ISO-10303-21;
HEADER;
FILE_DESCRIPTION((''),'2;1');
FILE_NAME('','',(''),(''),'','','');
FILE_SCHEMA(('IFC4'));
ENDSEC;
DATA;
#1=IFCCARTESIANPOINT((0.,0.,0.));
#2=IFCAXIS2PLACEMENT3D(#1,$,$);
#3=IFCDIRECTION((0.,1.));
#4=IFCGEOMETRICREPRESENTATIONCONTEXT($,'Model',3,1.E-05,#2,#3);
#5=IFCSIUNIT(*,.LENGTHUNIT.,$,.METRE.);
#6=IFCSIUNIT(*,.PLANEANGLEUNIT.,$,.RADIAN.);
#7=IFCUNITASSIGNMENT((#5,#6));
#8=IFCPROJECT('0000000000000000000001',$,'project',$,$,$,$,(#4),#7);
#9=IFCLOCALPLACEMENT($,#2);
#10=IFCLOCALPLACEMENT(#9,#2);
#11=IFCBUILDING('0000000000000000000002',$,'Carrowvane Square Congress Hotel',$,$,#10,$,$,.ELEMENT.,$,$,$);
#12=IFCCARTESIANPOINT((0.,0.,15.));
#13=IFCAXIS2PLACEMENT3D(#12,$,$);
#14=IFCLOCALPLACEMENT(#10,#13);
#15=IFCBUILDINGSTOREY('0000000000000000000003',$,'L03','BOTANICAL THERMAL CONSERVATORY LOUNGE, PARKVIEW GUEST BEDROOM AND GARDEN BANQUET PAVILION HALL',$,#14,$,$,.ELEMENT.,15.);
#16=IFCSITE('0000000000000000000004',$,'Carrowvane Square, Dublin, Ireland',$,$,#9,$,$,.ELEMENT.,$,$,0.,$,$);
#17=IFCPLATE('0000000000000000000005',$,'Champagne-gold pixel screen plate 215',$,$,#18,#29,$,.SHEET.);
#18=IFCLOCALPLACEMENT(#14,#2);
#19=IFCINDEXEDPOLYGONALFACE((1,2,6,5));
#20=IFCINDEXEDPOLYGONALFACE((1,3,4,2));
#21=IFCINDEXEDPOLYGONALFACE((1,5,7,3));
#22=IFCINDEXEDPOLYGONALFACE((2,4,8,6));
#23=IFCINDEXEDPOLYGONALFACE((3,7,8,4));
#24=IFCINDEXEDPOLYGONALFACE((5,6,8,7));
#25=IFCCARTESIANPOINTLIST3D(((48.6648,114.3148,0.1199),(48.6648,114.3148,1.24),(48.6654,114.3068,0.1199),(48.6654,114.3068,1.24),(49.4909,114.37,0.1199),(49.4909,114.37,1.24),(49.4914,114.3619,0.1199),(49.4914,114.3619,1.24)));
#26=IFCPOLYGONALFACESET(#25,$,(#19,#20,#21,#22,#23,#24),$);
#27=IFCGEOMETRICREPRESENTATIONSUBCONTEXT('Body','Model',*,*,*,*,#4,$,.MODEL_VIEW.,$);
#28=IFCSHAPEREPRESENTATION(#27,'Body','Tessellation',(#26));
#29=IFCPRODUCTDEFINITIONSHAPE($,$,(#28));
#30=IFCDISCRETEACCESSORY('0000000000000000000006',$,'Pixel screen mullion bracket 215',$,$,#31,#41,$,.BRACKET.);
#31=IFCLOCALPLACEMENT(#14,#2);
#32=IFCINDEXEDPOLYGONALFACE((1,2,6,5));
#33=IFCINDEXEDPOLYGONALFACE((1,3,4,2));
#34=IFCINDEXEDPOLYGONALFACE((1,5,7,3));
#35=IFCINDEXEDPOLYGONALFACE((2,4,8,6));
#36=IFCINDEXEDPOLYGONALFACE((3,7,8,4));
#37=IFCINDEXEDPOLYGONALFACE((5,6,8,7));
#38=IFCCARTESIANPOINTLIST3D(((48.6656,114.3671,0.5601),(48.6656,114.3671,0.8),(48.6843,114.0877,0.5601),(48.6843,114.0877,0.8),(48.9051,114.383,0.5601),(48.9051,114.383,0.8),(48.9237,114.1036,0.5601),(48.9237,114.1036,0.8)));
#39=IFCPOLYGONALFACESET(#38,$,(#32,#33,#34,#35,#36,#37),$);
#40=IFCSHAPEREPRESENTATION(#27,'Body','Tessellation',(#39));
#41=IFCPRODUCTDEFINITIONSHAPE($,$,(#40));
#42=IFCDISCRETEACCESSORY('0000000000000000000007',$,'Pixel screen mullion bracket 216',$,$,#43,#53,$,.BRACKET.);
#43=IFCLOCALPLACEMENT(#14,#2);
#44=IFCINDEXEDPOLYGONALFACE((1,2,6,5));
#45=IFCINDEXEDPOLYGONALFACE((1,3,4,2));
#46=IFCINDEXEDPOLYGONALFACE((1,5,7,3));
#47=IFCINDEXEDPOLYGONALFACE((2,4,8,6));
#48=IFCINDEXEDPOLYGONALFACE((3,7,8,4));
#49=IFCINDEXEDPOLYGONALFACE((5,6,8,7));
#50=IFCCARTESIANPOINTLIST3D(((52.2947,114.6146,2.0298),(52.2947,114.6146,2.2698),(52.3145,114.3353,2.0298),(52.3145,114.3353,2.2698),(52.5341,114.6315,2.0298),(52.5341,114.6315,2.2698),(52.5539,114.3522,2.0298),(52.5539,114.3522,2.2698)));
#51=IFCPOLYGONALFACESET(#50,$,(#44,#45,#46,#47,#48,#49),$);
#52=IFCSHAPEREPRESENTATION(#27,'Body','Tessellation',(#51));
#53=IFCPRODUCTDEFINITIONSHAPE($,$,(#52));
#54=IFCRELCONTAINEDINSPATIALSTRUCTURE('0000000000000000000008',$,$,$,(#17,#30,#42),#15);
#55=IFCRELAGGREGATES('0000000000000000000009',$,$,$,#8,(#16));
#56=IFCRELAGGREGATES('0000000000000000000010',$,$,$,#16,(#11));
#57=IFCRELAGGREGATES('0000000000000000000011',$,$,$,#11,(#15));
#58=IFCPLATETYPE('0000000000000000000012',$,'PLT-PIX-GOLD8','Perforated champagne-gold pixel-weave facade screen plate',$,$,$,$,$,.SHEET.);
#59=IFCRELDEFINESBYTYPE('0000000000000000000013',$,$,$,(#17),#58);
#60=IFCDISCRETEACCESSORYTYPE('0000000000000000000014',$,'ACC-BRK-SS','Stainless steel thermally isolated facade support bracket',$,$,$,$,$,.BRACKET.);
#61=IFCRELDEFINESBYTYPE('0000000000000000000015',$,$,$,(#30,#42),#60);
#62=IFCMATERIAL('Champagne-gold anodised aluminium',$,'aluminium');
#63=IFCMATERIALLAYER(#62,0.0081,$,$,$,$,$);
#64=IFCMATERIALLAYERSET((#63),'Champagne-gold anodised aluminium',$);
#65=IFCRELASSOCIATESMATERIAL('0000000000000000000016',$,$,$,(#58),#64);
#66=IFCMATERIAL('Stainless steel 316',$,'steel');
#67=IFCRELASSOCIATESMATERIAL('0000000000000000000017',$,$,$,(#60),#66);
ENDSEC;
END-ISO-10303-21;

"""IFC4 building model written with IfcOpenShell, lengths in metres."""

from ifc_helpers import new_model, si_unit, direction, frame, origin, origin_2d, place, context, subcontext, project, spatial, rectangle, extrude, material, layer, layer_set, type_object, element, save


model = new_model("IFC4")

# Units and contexts
model_context = context("Model", 3, precision=1e-05, world=origin(), true_north=direction((0.0, 1.0)))
body_context = subcontext(model_context, "Body", "Model", "MODEL_VIEW")
ifc_project = project(units=[si_unit("LENGTHUNIT", "METRE"), si_unit("PLANEANGLEUNIT", "RADIAN")], contexts=[model_context])

# Site, building, storey
site_placement = place(None, origin())
site = spatial("IfcSite", under=ifc_project, at=site_placement, Name="Carrowvane Square, Dublin, Ireland", CompositionType="ELEMENT", RefElevation=0.0)
building_placement = place(site_placement, origin())
building = spatial("IfcBuilding", under=site, at=building_placement, Name="Carrowvane Square Congress Hotel", CompositionType="ELEMENT")
storey_placement = place(building_placement, frame((0.0, 0.0, 15.0)))
storey = spatial("IfcBuildingStorey", under=building, at=storey_placement, Name="L03", Description="BOTANICAL THERMAL CONSERVATORY LOUNGE, PARKVIEW GUEST BEDROOM AND GARDEN BANQUET PAVILION HALL", CompositionType="ELEMENT", Elevation=15.0)

# Plate
ifc_material_1 = material(Name="Champagne-gold anodised aluminium", Category="aluminium")
ifc_layer_1 = layer(ifc_material_1, 0.0081)
ifc_layer_set_1 = layer_set([ifc_layer_1], Name="Champagne-gold anodised aluminium")
plate_type_1 = type_object("IfcPlateType", Name="PLT-PIX-GOLD8", Description="Perforated champagne-gold pixel-weave facade screen plate", PredefinedType="SHEET", material=ifc_layer_set_1)
plate_1_placement = place(storey_placement, frame((49.0781, 114.3384, 0.1199), z_axis=(0.0, 0.0, 1.0), x_axis=(0.997781, 0.066574, 0.0)))
element("IfcPlate", 1, at=plate_1_placement, inside=storey, type_object=plate_type_1, Name="Champagne-gold pixel screen plate 215", PredefinedType="SHEET", context=body_context, shape_type="SweptSolid", body=[
    extrude(rectangle(XDim=0.8279, YDim=0.0081, at=origin_2d()), origin(), (0.0, 0.0, 1.0), 1.1201),
])

# Discrete accessories
ifc_material_2 = material(Name="Stainless steel 316", Category="steel")
discrete_accessory_type = type_object("IfcDiscreteAccessoryType", Name="ACC-BRK-SS", Description="Stainless steel thermally isolated facade support bracket", PredefinedType="BRACKET", material=ifc_material_2)
for number, where, z_axis, x_axis, name in (
    (2, (48.7947, 114.2354, 0.5601), (0.0, 0.0, 1.0), (0.997781, 0.066574, 0.0), "Pixel screen mullion bracket 215"),
    (3, (52.4243, 114.4834, 2.0298), (0.0, 0.0, 1.0), (0.997506, 0.070585, 0.0), "Pixel screen mullion bracket 216"),
):
    element("IfcDiscreteAccessory", number, at=place(storey_placement, frame(where, z_axis=z_axis, x_axis=x_axis)), inside=storey, type_object=discrete_accessory_type, Name=name, PredefinedType="BRACKET", context=body_context, shape_type="SweptSolid", body=[
        extrude(rectangle(XDim=0.24, YDim=0.28, at=origin_2d()), origin(), (0.0, 0.0, 1.0), 0.24),
    ])

save(model, "model.ifc")
